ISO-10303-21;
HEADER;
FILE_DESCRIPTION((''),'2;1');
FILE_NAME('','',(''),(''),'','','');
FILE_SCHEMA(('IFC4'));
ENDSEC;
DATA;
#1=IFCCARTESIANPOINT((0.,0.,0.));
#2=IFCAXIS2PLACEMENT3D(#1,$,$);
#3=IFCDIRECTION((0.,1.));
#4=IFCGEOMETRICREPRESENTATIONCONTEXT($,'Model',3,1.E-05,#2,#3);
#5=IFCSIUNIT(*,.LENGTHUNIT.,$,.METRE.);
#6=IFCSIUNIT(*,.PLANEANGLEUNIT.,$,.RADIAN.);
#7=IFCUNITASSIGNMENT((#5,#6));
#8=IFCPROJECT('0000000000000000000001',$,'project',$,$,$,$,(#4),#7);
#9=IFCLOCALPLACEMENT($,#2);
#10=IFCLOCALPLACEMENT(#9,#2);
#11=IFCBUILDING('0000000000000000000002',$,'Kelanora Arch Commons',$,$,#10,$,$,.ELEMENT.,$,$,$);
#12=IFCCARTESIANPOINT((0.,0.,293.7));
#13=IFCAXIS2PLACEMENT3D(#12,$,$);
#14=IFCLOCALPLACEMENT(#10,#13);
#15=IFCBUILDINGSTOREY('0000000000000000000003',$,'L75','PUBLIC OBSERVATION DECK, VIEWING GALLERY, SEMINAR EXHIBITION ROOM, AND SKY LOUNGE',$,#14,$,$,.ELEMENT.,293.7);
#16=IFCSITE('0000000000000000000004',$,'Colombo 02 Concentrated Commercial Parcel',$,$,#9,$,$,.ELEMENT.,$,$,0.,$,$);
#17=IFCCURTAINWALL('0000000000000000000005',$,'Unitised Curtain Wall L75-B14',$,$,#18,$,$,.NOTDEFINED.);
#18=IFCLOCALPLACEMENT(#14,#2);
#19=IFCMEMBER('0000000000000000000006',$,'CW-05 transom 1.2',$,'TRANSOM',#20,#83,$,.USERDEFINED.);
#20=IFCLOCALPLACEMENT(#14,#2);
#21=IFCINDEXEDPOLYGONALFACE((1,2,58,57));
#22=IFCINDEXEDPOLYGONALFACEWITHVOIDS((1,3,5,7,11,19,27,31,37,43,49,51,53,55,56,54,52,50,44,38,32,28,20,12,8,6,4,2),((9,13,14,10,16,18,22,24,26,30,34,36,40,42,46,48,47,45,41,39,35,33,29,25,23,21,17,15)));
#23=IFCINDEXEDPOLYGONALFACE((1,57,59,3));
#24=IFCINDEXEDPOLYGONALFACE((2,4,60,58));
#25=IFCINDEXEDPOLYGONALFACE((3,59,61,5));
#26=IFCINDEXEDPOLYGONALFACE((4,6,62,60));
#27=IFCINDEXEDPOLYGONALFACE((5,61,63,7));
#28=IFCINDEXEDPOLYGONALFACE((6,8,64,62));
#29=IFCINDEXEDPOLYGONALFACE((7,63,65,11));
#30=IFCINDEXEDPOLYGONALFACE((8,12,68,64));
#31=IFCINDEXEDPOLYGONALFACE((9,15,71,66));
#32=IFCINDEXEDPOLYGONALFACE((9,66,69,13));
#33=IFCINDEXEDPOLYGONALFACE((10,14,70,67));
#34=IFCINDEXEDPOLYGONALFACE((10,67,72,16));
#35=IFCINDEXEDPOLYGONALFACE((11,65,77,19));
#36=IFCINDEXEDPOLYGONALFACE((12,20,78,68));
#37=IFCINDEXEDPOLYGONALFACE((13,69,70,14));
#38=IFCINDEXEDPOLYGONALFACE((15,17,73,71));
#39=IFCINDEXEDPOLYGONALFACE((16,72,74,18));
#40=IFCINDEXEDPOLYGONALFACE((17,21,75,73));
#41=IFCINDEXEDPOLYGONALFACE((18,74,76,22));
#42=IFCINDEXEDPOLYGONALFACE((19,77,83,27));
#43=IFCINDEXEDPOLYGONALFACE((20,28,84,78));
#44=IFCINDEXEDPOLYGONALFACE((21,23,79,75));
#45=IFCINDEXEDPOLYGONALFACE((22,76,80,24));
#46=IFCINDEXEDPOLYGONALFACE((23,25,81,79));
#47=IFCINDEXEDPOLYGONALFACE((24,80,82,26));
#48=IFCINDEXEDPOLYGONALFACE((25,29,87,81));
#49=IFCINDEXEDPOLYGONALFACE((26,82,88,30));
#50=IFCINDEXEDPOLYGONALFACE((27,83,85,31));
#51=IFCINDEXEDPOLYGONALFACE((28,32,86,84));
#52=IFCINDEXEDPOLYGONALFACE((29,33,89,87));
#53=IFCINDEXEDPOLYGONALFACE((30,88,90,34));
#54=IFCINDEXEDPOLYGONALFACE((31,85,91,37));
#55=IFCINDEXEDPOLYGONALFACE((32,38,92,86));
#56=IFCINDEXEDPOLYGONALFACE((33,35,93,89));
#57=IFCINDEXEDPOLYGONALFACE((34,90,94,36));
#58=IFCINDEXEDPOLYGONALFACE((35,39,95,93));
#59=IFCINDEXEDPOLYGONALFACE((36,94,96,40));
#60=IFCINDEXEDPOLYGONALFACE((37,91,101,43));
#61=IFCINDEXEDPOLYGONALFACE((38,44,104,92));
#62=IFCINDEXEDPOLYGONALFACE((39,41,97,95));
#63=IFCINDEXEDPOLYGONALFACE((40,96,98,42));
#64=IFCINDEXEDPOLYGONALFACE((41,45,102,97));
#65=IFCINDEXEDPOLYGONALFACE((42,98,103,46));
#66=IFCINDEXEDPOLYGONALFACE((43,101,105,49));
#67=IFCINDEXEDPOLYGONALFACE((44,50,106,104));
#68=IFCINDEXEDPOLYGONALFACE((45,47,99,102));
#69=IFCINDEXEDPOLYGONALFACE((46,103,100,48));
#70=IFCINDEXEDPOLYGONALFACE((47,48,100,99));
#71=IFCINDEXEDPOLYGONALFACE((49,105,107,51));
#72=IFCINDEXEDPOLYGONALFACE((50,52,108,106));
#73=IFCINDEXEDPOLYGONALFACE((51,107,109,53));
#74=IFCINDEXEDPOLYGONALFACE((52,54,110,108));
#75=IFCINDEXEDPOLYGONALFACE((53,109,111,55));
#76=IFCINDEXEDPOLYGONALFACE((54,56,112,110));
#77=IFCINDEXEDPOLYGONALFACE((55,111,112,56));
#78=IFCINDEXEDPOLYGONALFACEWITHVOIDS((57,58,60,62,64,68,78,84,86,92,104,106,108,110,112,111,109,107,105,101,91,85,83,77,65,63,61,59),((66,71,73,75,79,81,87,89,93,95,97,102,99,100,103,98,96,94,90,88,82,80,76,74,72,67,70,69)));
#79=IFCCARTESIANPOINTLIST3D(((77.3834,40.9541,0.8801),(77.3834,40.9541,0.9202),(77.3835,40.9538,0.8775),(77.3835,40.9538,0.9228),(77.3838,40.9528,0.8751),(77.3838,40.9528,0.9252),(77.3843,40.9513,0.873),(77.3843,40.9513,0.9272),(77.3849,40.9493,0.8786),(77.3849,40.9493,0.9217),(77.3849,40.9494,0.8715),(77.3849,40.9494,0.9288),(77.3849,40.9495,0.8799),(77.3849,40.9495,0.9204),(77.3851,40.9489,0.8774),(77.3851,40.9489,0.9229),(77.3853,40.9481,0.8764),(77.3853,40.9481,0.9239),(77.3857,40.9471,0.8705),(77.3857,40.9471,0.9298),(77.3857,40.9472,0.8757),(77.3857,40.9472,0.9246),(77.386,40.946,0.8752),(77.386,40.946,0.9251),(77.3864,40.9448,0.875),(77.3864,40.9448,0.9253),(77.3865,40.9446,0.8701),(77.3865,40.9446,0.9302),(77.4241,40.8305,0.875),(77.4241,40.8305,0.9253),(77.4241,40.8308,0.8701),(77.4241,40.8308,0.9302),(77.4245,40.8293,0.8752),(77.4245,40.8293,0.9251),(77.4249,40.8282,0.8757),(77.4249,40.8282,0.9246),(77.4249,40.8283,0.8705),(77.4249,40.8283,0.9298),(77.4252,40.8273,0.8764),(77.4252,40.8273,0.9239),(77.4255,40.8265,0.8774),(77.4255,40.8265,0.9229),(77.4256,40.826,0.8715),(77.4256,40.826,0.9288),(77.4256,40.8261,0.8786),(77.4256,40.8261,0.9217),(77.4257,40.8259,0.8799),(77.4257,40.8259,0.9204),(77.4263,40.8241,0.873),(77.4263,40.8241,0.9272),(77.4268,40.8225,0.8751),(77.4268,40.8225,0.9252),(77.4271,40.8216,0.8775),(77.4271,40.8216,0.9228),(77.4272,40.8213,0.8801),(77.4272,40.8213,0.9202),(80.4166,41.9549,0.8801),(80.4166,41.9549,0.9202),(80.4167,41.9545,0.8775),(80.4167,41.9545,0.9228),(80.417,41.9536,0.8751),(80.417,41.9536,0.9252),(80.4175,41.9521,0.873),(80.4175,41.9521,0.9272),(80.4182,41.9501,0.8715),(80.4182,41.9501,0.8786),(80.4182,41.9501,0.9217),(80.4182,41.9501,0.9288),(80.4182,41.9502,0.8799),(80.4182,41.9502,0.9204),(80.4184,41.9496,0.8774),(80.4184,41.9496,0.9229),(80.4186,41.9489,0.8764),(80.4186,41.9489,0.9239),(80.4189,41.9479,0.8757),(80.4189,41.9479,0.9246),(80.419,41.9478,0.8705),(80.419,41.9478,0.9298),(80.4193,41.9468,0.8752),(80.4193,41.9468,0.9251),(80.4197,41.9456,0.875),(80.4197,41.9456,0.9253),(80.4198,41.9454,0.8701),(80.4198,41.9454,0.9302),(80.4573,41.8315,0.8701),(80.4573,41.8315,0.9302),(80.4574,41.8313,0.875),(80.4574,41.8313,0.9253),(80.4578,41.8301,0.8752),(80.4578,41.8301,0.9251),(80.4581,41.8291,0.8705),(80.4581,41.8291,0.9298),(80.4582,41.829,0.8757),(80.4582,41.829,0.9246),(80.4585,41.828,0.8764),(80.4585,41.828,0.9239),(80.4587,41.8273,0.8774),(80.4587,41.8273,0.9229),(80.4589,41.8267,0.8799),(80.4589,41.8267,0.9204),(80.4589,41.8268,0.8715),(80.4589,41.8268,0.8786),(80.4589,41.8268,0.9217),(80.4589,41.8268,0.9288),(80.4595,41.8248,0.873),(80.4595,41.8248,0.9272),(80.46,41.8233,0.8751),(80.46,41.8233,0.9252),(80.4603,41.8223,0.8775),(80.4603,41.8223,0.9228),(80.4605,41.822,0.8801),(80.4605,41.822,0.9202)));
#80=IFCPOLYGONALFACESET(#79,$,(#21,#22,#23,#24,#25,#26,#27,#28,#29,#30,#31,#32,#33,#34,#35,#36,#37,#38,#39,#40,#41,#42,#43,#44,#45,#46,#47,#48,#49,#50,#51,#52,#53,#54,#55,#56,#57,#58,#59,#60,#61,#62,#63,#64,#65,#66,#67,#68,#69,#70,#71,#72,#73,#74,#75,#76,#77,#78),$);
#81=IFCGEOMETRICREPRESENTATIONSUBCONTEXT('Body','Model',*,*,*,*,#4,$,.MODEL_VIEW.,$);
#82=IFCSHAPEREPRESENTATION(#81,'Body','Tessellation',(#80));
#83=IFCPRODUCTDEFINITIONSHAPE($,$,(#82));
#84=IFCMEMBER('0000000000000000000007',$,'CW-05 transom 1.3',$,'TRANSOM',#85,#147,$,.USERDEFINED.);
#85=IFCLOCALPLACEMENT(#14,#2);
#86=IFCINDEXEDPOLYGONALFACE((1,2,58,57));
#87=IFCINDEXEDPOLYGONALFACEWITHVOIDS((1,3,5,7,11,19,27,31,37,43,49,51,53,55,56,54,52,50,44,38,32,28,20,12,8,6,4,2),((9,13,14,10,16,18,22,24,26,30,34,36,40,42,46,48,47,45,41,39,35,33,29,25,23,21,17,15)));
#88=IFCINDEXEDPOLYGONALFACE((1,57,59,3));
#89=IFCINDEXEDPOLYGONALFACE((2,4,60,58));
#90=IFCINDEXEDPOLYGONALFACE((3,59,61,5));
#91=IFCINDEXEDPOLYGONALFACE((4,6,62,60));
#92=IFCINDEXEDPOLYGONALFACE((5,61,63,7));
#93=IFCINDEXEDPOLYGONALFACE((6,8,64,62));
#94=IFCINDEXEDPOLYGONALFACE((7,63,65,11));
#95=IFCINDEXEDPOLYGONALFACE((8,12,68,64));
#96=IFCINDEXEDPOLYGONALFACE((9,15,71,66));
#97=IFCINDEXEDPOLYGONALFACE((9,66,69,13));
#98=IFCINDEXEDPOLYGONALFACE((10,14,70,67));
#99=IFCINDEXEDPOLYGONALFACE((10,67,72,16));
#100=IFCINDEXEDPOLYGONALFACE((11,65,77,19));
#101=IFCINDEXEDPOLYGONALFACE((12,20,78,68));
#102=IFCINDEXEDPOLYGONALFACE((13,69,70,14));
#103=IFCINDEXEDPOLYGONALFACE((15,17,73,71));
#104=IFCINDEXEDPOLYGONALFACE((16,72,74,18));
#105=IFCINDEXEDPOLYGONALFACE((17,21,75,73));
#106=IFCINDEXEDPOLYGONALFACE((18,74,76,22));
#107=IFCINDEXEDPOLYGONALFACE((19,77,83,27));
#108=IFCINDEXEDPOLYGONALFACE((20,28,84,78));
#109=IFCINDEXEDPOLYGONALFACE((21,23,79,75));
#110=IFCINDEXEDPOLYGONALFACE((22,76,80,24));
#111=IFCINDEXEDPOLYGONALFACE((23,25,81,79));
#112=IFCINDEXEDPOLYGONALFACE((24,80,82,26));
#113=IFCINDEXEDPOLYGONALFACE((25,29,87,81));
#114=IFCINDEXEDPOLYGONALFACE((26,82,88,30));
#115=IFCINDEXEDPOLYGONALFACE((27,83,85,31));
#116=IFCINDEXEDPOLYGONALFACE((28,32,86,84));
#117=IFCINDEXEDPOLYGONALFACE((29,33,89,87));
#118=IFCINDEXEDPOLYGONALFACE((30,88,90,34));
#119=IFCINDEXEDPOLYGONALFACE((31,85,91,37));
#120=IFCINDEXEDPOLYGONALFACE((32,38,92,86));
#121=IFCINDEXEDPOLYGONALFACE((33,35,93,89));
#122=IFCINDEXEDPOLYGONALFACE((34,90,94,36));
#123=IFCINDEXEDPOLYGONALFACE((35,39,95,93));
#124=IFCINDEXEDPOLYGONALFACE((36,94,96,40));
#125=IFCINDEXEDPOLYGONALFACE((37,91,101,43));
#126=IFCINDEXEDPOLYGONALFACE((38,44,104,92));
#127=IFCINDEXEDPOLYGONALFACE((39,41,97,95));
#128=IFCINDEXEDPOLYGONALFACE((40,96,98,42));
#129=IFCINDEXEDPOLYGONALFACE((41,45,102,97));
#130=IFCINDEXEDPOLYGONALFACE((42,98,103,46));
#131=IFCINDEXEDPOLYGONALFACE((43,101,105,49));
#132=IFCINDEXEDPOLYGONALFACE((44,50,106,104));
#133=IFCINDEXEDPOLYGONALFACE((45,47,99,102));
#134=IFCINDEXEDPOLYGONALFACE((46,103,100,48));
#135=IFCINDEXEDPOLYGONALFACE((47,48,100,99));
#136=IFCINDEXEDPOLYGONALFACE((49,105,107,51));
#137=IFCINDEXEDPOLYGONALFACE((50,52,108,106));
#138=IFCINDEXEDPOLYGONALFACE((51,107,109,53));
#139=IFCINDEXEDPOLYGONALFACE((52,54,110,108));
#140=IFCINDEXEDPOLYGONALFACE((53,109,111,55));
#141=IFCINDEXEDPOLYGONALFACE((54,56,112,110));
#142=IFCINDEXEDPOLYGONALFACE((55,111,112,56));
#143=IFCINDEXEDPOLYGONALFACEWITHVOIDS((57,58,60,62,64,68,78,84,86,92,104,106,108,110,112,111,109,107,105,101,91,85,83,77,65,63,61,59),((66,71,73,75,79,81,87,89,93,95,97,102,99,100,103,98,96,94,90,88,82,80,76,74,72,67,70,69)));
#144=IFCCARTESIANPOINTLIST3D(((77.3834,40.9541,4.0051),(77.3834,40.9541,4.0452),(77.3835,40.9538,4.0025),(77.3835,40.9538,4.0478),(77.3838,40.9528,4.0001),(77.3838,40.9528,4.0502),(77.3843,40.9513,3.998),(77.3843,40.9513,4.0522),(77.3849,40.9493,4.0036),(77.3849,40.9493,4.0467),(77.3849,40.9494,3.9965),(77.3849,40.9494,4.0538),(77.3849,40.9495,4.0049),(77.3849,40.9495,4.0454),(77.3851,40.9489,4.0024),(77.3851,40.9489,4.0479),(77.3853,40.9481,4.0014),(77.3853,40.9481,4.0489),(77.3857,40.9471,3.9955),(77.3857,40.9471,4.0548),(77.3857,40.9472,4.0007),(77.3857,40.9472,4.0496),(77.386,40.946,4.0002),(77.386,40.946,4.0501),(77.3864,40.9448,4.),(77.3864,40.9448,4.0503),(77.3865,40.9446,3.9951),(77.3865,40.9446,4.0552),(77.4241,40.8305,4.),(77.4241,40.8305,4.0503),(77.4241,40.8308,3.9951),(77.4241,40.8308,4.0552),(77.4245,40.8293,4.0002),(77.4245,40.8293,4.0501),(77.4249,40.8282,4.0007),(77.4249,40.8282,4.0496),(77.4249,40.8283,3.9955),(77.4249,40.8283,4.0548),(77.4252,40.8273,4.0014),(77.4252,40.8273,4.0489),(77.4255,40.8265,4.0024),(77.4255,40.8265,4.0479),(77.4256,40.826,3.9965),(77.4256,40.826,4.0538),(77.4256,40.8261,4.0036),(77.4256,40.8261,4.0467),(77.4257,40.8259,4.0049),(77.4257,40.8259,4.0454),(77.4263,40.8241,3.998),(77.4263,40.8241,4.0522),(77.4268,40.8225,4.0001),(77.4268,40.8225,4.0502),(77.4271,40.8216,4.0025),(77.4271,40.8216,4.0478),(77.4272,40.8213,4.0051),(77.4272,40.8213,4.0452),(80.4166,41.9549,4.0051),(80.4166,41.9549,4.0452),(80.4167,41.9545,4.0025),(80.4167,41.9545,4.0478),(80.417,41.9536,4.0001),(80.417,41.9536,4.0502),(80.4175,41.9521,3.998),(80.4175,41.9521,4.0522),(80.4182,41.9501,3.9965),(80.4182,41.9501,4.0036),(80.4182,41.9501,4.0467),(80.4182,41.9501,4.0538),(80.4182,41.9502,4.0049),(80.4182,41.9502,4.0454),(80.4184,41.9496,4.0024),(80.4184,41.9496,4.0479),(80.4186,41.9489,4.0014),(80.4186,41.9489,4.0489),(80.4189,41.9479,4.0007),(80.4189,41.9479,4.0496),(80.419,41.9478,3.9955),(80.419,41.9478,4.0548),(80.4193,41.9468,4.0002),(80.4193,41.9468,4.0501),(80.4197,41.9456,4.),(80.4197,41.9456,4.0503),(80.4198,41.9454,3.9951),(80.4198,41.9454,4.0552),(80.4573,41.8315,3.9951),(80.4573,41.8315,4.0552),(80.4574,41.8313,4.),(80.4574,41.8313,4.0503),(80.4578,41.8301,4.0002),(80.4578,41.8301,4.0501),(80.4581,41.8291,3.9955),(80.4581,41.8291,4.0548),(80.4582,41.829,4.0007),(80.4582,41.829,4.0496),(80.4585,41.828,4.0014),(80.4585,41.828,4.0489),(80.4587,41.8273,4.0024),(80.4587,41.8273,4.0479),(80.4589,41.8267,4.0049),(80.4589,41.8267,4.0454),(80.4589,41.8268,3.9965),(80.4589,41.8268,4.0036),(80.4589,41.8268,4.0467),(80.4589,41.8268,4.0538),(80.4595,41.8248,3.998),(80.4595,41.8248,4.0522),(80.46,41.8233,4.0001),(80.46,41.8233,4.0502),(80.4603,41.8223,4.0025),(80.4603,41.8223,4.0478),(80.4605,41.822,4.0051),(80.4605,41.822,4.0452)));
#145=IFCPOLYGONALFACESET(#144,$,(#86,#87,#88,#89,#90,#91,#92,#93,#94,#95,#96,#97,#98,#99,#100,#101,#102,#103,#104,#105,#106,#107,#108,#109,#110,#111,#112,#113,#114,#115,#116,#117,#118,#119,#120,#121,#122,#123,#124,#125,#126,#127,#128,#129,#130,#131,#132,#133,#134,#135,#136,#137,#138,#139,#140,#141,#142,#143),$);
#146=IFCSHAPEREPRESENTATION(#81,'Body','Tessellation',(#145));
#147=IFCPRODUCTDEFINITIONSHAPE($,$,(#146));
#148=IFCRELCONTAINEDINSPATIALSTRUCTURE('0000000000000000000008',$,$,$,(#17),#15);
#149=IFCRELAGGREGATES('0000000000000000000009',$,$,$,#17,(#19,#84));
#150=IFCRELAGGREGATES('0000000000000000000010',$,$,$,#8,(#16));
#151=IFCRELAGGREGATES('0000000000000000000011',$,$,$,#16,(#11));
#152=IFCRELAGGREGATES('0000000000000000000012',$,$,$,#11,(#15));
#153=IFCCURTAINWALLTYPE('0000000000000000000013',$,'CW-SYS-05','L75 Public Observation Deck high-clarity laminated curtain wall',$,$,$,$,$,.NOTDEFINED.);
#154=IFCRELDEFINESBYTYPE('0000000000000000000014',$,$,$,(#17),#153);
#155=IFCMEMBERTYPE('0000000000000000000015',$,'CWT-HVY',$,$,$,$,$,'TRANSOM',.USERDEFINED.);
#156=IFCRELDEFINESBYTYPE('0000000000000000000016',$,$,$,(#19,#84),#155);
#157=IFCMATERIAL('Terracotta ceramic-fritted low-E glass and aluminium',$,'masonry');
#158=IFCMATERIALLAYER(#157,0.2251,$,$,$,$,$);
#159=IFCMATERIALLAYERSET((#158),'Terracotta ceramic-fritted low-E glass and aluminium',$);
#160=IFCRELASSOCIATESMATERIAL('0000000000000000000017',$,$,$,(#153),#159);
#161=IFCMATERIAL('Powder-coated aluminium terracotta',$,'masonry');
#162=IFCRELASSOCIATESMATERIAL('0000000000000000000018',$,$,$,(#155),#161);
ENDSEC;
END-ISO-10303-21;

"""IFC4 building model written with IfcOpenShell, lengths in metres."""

from ifc_helpers import new_model, si_unit, direction, frame, origin, origin_2d, place, context, subcontext, project, spatial, hollow_rectangle, extrude, material, layer, layer_set, material_profile, profile_set, type_object, element, aggregate, save


model = new_model("IFC4")

# Units and contexts
model_context = context("Model", 3, precision=1e-05, world=origin(), true_north=direction((0.0, 1.0)))
body_context = subcontext(model_context, "Body", "Model", "MODEL_VIEW")
ifc_project = project(units=[si_unit("LENGTHUNIT", "METRE"), si_unit("PLANEANGLEUNIT", "RADIAN")], contexts=[model_context])

# Site, building, storey
site_placement = place(None, origin())
site = spatial("IfcSite", under=ifc_project, at=site_placement, Name="Colombo 02 Concentrated Commercial Parcel", CompositionType="ELEMENT", RefElevation=0.0)
building_placement = place(site_placement, origin())
building = spatial("IfcBuilding", under=site, at=building_placement, Name="Kelanora Arch Commons", CompositionType="ELEMENT")
storey_placement = place(building_placement, frame((0.0, 0.0, 293.7)))
storey = spatial("IfcBuildingStorey", under=building, at=storey_placement, Name="L75", Description="PUBLIC OBSERVATION DECK, VIEWING GALLERY, SEMINAR EXHIBITION ROOM, AND SKY LOUNGE", CompositionType="ELEMENT", Elevation=293.7)

# Curtain wall
ifc_material_1 = material(Name="Terracotta ceramic-fritted low-E glass and aluminium", Category="masonry")
ifc_layer_1 = layer(ifc_material_1, 0.2251)
ifc_layer_set_1 = layer_set([ifc_layer_1], Name="Terracotta ceramic-fritted low-E glass and aluminium")
curtain_wall_type = type_object("IfcCurtainWallType", Name="CW-SYS-05", Description="L75 Public Observation Deck high-clarity laminated curtain wall", PredefinedType="NOTDEFINED", material=ifc_layer_set_1)
ifc_material_2 = material(Name="Powder-coated aluminium terracotta", Category="masonry")
curtain_wall_1_placement = place(storey_placement, origin())
curtain_wall_1 = element("IfcCurtainWall", 1, at=curtain_wall_1_placement, inside=storey, type_object=curtain_wall_type, Name="Unitised Curtain Wall L75-B14", PredefinedType="NOTDEFINED")

# Members
ifc_material_profile_1 = material_profile(ifc_material_2, hollow_rectangle(XDim=0.1399, YDim=0.0601, WallThickness=0.0049, InnerFilletRadius=0.0049, OuterFilletRadius=0.01, at=origin_2d()), Name="CWT140x60")
ifc_profile_set_1 = profile_set([ifc_material_profile_1], Name="Powder-coated aluminium terracotta")
member_type_1 = type_object("IfcMemberType", Name="CWT-HVY", ElementType="TRANSOM", PredefinedType="USERDEFINED", material=ifc_profile_set_1)
member_1_placement = place(storey_placement, frame((77.4053, 40.8877, 0.9001), z_axis=(0.94965, 0.313314, 0.0), x_axis=(-0.313314, 0.94965, 0.0)))
member_1 = element("IfcMember", 2, at=member_1_placement, type_object=member_type_1, Name="CW-05 transom 1.2", ObjectType="TRANSOM", PredefinedType="USERDEFINED", context=body_context, shape_type="SweptSolid", body=[
    extrude(hollow_rectangle(XDim=0.1399, YDim=0.0601, WallThickness=0.0049, InnerFilletRadius=0.0049, OuterFilletRadius=0.01, at=origin_2d()), origin(), (0.0, 0.0, 1.0), 3.1941),
])
member_2_placement = place(storey_placement, frame((77.4053, 40.8877, 4.0251), z_axis=(0.94965, 0.313314, 0.0), x_axis=(-0.313314, 0.94965, 0.0)))
member_2 = element("IfcMember", 3, at=member_2_placement, type_object=member_type_1, Name="CW-05 transom 1.3", ObjectType="TRANSOM", PredefinedType="USERDEFINED", context=body_context, shape_type="SweptSolid", body=[
    extrude(hollow_rectangle(XDim=0.1399, YDim=0.0601, WallThickness=0.0049, InnerFilletRadius=0.0049, OuterFilletRadius=0.01, at=origin_2d()), origin(), (0.0, 0.0, 1.0), 3.1941),
])

aggregate(curtain_wall_1, [member_1, member_2])

save(model, "model.ifc")
